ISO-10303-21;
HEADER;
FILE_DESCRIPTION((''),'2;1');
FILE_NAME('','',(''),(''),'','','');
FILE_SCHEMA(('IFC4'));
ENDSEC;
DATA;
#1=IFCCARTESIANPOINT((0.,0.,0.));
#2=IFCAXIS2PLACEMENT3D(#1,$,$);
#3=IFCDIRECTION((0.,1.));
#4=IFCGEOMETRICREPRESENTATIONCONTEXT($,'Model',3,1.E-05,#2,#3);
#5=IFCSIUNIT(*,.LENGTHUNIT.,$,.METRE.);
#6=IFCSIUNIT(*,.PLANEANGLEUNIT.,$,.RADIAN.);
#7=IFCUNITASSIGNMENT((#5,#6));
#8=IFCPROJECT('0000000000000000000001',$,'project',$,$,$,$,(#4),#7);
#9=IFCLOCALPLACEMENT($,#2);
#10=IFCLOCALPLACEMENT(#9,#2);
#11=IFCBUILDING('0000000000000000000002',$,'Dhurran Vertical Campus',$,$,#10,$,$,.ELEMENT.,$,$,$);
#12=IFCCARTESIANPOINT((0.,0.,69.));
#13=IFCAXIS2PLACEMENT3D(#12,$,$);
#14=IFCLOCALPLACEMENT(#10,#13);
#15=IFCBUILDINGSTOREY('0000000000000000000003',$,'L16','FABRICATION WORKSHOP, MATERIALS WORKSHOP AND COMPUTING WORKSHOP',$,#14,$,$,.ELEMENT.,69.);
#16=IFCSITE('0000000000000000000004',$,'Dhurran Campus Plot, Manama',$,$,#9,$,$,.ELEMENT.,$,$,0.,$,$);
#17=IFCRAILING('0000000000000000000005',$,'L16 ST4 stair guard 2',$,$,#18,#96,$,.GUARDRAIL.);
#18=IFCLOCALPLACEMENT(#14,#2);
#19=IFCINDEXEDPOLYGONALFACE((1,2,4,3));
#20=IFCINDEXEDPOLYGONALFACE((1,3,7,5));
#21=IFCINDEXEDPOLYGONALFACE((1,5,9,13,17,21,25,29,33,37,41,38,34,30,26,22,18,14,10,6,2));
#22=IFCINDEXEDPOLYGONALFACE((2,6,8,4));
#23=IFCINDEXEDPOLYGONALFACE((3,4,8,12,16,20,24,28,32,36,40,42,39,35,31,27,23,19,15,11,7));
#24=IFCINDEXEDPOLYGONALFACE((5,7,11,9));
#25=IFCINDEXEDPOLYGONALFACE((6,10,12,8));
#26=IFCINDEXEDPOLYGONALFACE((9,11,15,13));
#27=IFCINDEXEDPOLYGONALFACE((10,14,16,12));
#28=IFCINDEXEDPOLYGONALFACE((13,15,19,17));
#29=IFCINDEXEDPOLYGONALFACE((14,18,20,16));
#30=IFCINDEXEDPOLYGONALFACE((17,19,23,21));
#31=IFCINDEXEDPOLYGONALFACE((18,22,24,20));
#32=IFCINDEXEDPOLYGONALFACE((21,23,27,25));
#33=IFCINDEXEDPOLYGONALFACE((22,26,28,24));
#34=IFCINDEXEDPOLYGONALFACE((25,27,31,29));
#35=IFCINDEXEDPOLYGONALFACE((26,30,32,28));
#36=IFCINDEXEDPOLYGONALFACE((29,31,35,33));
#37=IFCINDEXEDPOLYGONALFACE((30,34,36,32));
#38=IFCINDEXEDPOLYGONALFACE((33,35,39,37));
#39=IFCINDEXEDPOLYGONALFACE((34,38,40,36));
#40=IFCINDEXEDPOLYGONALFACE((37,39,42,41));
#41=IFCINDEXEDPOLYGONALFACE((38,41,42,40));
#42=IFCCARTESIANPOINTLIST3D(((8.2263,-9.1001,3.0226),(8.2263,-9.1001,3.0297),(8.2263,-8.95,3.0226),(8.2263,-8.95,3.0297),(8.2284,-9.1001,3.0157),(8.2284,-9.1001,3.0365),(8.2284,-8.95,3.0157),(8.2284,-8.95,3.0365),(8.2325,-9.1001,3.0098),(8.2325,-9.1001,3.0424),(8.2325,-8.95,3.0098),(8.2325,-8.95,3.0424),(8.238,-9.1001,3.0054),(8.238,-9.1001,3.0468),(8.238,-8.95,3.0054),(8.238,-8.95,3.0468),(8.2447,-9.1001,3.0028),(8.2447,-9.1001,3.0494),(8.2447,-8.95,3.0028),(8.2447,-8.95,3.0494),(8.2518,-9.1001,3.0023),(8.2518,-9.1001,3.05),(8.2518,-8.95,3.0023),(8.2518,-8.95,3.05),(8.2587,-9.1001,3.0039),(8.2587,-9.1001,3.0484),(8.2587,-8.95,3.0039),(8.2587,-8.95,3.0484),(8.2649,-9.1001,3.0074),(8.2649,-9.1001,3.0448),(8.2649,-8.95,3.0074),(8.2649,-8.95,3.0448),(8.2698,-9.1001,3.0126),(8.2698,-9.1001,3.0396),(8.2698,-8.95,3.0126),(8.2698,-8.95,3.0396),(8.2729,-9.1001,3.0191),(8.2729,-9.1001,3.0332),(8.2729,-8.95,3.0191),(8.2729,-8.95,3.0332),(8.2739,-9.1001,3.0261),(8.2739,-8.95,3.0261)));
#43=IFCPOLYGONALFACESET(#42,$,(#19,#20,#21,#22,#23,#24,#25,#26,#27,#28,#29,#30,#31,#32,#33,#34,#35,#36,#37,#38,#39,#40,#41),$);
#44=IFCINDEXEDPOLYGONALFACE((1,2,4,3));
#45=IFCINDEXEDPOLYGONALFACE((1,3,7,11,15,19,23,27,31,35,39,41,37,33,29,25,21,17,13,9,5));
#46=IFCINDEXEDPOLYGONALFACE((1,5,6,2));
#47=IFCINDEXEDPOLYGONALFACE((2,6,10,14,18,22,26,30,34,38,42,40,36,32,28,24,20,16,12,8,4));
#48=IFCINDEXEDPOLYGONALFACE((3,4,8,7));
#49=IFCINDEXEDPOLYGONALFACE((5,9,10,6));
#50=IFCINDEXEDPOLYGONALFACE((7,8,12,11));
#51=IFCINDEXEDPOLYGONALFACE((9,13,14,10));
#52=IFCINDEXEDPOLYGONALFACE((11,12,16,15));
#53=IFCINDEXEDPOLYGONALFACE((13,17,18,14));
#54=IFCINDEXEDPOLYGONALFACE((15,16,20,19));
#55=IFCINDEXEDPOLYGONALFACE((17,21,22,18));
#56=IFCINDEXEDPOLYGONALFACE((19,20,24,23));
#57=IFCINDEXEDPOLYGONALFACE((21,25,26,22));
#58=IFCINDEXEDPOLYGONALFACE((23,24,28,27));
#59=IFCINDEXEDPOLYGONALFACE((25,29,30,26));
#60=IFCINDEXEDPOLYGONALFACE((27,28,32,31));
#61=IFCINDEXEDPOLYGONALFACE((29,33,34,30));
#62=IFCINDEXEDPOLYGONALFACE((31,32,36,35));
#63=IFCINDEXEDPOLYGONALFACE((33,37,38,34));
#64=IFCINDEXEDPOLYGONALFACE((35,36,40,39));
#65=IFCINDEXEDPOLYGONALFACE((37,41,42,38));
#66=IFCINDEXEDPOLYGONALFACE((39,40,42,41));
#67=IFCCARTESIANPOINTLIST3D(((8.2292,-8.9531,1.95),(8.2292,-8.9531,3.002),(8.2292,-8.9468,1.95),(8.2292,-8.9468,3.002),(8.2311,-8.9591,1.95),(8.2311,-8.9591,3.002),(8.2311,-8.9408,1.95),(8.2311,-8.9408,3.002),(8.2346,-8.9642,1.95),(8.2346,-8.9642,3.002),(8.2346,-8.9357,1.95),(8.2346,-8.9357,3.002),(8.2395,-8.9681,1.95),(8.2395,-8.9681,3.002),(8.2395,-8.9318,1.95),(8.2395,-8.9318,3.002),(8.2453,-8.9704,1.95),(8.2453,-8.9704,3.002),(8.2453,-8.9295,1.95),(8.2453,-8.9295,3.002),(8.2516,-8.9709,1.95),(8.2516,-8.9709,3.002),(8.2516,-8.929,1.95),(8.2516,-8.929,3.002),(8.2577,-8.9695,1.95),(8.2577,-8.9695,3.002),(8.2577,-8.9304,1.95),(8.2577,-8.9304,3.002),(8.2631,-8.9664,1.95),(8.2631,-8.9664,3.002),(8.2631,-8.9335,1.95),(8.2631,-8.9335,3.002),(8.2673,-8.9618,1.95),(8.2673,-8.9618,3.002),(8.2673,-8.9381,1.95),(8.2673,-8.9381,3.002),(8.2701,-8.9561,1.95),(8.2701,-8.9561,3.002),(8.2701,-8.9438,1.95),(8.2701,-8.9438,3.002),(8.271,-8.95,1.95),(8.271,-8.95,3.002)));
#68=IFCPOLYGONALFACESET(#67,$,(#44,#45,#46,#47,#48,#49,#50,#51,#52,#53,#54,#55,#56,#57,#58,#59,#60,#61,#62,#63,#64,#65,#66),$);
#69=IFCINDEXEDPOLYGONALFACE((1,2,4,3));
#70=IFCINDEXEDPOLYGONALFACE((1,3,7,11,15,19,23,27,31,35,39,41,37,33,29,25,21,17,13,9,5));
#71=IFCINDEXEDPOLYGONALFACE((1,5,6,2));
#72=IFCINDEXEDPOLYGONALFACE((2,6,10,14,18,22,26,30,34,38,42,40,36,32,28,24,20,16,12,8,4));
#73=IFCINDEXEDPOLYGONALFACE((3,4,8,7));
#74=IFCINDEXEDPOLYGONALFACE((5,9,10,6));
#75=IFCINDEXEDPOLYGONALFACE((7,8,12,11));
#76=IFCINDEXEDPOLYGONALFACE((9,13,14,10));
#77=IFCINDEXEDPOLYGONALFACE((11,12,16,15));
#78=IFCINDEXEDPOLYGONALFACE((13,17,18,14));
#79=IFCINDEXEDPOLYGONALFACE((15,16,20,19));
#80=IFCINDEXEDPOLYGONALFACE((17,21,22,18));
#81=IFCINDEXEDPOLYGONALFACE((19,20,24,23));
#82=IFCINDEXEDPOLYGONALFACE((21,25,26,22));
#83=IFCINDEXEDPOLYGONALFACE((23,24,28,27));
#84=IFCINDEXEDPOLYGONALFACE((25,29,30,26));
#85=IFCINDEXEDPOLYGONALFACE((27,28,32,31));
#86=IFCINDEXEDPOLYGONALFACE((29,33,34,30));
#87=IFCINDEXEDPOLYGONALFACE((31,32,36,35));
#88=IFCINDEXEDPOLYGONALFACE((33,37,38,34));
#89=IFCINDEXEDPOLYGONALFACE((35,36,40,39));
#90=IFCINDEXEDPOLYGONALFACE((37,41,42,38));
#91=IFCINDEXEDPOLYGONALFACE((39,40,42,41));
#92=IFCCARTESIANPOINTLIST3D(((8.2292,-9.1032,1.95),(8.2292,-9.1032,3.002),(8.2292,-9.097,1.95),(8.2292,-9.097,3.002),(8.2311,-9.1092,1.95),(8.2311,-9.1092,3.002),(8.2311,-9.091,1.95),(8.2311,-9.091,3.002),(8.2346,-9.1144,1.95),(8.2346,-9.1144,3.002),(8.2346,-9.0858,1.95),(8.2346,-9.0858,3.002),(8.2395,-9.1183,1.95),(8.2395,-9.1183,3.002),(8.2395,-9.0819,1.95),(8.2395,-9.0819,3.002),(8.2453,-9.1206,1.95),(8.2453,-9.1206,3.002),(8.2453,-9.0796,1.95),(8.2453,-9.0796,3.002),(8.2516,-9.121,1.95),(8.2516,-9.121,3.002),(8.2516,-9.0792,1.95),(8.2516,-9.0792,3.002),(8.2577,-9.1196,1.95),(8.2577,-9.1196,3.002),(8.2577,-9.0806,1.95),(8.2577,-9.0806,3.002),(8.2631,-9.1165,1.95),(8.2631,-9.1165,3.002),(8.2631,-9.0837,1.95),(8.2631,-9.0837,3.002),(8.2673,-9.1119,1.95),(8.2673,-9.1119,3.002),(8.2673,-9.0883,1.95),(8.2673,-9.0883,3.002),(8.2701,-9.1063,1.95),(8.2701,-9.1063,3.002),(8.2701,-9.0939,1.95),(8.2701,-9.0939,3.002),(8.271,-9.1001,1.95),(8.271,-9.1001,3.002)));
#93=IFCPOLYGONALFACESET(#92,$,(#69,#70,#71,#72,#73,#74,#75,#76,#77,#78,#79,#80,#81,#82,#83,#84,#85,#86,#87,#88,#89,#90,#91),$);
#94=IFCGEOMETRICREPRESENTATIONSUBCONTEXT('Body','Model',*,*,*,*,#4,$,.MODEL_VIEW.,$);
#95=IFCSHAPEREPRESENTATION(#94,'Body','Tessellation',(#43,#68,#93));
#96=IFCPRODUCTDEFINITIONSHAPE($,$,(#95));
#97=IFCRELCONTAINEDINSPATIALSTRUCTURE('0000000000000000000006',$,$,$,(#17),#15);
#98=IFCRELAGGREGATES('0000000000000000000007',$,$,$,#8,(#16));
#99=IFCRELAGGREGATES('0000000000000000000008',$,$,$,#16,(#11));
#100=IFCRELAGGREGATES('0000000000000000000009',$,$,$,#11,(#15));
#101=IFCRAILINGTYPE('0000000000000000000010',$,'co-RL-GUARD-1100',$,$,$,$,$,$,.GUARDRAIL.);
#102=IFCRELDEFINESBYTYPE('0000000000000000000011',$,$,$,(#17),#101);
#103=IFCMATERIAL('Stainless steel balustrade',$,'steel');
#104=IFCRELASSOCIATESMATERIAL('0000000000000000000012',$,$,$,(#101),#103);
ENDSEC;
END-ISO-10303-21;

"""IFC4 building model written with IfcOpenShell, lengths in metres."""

from ifc_helpers import new_model, si_unit, direction, frame, origin, origin_2d, place, context, subcontext, project, spatial, circle, extrude, material, type_object, element, save


model = new_model("IFC4")

# Units and contexts
model_context = context("Model", 3, precision=1e-05, world=origin(), true_north=direction((0.0, 1.0)))
body_context = subcontext(model_context, "Body", "Model", "MODEL_VIEW")
ifc_project = project(units=[si_unit("LENGTHUNIT", "METRE"), si_unit("PLANEANGLEUNIT", "RADIAN")], contexts=[model_context])

# Site, building, storey
site_placement = place(None, origin())
site = spatial("IfcSite", under=ifc_project, at=site_placement, Name="Dhurran Campus Plot, Manama", CompositionType="ELEMENT", RefElevation=0.0)
building_placement = place(site_placement, origin())
building = spatial("IfcBuilding", under=site, at=building_placement, Name="Dhurran Vertical Campus", CompositionType="ELEMENT")
storey_placement = place(building_placement, frame((0.0, 0.0, 69.0)))
storey = spatial("IfcBuildingStorey", under=building, at=storey_placement, Name="L16", Description="FABRICATION WORKSHOP, MATERIALS WORKSHOP AND COMPUTING WORKSHOP", CompositionType="ELEMENT", Elevation=69.0)

# Railing
ifc_material_1 = material(Name="Stainless steel balustrade", Category="steel")
railing_type_1 = type_object("IfcRailingType", Name="co-RL-GUARD-1100", PredefinedType="GUARDRAIL", material=ifc_material_1)
railing_1_placement = place(storey_placement, frame((8.25, -8.95, 1.95)))
element("IfcRailing", 1, at=railing_1_placement, inside=storey, type_object=railing_type_1, Name="L16 ST4 stair guard 2", PredefinedType="GUARDRAIL", context=body_context, shape_type="SweptSolid", body=[
    extrude(circle(Radius=0.0239, at=origin_2d()), frame((0.0, 0.0, 1.0762), z_axis=(0.0, -1.0, 0.0), x_axis=(1.0, 0.0, 0.0)), (0.0, 0.0, 1.0), 0.1501),
    extrude(circle(Radius=0.021, at=origin_2d()), origin(), (0.0, 0.0, 1.0), 1.052),
    extrude(circle(Radius=0.021, at=origin_2d()), frame((0.0, -0.1501, 0.0)), (0.0, 0.0, 1.0), 1.052),
])

save(model, "model.ifc")
